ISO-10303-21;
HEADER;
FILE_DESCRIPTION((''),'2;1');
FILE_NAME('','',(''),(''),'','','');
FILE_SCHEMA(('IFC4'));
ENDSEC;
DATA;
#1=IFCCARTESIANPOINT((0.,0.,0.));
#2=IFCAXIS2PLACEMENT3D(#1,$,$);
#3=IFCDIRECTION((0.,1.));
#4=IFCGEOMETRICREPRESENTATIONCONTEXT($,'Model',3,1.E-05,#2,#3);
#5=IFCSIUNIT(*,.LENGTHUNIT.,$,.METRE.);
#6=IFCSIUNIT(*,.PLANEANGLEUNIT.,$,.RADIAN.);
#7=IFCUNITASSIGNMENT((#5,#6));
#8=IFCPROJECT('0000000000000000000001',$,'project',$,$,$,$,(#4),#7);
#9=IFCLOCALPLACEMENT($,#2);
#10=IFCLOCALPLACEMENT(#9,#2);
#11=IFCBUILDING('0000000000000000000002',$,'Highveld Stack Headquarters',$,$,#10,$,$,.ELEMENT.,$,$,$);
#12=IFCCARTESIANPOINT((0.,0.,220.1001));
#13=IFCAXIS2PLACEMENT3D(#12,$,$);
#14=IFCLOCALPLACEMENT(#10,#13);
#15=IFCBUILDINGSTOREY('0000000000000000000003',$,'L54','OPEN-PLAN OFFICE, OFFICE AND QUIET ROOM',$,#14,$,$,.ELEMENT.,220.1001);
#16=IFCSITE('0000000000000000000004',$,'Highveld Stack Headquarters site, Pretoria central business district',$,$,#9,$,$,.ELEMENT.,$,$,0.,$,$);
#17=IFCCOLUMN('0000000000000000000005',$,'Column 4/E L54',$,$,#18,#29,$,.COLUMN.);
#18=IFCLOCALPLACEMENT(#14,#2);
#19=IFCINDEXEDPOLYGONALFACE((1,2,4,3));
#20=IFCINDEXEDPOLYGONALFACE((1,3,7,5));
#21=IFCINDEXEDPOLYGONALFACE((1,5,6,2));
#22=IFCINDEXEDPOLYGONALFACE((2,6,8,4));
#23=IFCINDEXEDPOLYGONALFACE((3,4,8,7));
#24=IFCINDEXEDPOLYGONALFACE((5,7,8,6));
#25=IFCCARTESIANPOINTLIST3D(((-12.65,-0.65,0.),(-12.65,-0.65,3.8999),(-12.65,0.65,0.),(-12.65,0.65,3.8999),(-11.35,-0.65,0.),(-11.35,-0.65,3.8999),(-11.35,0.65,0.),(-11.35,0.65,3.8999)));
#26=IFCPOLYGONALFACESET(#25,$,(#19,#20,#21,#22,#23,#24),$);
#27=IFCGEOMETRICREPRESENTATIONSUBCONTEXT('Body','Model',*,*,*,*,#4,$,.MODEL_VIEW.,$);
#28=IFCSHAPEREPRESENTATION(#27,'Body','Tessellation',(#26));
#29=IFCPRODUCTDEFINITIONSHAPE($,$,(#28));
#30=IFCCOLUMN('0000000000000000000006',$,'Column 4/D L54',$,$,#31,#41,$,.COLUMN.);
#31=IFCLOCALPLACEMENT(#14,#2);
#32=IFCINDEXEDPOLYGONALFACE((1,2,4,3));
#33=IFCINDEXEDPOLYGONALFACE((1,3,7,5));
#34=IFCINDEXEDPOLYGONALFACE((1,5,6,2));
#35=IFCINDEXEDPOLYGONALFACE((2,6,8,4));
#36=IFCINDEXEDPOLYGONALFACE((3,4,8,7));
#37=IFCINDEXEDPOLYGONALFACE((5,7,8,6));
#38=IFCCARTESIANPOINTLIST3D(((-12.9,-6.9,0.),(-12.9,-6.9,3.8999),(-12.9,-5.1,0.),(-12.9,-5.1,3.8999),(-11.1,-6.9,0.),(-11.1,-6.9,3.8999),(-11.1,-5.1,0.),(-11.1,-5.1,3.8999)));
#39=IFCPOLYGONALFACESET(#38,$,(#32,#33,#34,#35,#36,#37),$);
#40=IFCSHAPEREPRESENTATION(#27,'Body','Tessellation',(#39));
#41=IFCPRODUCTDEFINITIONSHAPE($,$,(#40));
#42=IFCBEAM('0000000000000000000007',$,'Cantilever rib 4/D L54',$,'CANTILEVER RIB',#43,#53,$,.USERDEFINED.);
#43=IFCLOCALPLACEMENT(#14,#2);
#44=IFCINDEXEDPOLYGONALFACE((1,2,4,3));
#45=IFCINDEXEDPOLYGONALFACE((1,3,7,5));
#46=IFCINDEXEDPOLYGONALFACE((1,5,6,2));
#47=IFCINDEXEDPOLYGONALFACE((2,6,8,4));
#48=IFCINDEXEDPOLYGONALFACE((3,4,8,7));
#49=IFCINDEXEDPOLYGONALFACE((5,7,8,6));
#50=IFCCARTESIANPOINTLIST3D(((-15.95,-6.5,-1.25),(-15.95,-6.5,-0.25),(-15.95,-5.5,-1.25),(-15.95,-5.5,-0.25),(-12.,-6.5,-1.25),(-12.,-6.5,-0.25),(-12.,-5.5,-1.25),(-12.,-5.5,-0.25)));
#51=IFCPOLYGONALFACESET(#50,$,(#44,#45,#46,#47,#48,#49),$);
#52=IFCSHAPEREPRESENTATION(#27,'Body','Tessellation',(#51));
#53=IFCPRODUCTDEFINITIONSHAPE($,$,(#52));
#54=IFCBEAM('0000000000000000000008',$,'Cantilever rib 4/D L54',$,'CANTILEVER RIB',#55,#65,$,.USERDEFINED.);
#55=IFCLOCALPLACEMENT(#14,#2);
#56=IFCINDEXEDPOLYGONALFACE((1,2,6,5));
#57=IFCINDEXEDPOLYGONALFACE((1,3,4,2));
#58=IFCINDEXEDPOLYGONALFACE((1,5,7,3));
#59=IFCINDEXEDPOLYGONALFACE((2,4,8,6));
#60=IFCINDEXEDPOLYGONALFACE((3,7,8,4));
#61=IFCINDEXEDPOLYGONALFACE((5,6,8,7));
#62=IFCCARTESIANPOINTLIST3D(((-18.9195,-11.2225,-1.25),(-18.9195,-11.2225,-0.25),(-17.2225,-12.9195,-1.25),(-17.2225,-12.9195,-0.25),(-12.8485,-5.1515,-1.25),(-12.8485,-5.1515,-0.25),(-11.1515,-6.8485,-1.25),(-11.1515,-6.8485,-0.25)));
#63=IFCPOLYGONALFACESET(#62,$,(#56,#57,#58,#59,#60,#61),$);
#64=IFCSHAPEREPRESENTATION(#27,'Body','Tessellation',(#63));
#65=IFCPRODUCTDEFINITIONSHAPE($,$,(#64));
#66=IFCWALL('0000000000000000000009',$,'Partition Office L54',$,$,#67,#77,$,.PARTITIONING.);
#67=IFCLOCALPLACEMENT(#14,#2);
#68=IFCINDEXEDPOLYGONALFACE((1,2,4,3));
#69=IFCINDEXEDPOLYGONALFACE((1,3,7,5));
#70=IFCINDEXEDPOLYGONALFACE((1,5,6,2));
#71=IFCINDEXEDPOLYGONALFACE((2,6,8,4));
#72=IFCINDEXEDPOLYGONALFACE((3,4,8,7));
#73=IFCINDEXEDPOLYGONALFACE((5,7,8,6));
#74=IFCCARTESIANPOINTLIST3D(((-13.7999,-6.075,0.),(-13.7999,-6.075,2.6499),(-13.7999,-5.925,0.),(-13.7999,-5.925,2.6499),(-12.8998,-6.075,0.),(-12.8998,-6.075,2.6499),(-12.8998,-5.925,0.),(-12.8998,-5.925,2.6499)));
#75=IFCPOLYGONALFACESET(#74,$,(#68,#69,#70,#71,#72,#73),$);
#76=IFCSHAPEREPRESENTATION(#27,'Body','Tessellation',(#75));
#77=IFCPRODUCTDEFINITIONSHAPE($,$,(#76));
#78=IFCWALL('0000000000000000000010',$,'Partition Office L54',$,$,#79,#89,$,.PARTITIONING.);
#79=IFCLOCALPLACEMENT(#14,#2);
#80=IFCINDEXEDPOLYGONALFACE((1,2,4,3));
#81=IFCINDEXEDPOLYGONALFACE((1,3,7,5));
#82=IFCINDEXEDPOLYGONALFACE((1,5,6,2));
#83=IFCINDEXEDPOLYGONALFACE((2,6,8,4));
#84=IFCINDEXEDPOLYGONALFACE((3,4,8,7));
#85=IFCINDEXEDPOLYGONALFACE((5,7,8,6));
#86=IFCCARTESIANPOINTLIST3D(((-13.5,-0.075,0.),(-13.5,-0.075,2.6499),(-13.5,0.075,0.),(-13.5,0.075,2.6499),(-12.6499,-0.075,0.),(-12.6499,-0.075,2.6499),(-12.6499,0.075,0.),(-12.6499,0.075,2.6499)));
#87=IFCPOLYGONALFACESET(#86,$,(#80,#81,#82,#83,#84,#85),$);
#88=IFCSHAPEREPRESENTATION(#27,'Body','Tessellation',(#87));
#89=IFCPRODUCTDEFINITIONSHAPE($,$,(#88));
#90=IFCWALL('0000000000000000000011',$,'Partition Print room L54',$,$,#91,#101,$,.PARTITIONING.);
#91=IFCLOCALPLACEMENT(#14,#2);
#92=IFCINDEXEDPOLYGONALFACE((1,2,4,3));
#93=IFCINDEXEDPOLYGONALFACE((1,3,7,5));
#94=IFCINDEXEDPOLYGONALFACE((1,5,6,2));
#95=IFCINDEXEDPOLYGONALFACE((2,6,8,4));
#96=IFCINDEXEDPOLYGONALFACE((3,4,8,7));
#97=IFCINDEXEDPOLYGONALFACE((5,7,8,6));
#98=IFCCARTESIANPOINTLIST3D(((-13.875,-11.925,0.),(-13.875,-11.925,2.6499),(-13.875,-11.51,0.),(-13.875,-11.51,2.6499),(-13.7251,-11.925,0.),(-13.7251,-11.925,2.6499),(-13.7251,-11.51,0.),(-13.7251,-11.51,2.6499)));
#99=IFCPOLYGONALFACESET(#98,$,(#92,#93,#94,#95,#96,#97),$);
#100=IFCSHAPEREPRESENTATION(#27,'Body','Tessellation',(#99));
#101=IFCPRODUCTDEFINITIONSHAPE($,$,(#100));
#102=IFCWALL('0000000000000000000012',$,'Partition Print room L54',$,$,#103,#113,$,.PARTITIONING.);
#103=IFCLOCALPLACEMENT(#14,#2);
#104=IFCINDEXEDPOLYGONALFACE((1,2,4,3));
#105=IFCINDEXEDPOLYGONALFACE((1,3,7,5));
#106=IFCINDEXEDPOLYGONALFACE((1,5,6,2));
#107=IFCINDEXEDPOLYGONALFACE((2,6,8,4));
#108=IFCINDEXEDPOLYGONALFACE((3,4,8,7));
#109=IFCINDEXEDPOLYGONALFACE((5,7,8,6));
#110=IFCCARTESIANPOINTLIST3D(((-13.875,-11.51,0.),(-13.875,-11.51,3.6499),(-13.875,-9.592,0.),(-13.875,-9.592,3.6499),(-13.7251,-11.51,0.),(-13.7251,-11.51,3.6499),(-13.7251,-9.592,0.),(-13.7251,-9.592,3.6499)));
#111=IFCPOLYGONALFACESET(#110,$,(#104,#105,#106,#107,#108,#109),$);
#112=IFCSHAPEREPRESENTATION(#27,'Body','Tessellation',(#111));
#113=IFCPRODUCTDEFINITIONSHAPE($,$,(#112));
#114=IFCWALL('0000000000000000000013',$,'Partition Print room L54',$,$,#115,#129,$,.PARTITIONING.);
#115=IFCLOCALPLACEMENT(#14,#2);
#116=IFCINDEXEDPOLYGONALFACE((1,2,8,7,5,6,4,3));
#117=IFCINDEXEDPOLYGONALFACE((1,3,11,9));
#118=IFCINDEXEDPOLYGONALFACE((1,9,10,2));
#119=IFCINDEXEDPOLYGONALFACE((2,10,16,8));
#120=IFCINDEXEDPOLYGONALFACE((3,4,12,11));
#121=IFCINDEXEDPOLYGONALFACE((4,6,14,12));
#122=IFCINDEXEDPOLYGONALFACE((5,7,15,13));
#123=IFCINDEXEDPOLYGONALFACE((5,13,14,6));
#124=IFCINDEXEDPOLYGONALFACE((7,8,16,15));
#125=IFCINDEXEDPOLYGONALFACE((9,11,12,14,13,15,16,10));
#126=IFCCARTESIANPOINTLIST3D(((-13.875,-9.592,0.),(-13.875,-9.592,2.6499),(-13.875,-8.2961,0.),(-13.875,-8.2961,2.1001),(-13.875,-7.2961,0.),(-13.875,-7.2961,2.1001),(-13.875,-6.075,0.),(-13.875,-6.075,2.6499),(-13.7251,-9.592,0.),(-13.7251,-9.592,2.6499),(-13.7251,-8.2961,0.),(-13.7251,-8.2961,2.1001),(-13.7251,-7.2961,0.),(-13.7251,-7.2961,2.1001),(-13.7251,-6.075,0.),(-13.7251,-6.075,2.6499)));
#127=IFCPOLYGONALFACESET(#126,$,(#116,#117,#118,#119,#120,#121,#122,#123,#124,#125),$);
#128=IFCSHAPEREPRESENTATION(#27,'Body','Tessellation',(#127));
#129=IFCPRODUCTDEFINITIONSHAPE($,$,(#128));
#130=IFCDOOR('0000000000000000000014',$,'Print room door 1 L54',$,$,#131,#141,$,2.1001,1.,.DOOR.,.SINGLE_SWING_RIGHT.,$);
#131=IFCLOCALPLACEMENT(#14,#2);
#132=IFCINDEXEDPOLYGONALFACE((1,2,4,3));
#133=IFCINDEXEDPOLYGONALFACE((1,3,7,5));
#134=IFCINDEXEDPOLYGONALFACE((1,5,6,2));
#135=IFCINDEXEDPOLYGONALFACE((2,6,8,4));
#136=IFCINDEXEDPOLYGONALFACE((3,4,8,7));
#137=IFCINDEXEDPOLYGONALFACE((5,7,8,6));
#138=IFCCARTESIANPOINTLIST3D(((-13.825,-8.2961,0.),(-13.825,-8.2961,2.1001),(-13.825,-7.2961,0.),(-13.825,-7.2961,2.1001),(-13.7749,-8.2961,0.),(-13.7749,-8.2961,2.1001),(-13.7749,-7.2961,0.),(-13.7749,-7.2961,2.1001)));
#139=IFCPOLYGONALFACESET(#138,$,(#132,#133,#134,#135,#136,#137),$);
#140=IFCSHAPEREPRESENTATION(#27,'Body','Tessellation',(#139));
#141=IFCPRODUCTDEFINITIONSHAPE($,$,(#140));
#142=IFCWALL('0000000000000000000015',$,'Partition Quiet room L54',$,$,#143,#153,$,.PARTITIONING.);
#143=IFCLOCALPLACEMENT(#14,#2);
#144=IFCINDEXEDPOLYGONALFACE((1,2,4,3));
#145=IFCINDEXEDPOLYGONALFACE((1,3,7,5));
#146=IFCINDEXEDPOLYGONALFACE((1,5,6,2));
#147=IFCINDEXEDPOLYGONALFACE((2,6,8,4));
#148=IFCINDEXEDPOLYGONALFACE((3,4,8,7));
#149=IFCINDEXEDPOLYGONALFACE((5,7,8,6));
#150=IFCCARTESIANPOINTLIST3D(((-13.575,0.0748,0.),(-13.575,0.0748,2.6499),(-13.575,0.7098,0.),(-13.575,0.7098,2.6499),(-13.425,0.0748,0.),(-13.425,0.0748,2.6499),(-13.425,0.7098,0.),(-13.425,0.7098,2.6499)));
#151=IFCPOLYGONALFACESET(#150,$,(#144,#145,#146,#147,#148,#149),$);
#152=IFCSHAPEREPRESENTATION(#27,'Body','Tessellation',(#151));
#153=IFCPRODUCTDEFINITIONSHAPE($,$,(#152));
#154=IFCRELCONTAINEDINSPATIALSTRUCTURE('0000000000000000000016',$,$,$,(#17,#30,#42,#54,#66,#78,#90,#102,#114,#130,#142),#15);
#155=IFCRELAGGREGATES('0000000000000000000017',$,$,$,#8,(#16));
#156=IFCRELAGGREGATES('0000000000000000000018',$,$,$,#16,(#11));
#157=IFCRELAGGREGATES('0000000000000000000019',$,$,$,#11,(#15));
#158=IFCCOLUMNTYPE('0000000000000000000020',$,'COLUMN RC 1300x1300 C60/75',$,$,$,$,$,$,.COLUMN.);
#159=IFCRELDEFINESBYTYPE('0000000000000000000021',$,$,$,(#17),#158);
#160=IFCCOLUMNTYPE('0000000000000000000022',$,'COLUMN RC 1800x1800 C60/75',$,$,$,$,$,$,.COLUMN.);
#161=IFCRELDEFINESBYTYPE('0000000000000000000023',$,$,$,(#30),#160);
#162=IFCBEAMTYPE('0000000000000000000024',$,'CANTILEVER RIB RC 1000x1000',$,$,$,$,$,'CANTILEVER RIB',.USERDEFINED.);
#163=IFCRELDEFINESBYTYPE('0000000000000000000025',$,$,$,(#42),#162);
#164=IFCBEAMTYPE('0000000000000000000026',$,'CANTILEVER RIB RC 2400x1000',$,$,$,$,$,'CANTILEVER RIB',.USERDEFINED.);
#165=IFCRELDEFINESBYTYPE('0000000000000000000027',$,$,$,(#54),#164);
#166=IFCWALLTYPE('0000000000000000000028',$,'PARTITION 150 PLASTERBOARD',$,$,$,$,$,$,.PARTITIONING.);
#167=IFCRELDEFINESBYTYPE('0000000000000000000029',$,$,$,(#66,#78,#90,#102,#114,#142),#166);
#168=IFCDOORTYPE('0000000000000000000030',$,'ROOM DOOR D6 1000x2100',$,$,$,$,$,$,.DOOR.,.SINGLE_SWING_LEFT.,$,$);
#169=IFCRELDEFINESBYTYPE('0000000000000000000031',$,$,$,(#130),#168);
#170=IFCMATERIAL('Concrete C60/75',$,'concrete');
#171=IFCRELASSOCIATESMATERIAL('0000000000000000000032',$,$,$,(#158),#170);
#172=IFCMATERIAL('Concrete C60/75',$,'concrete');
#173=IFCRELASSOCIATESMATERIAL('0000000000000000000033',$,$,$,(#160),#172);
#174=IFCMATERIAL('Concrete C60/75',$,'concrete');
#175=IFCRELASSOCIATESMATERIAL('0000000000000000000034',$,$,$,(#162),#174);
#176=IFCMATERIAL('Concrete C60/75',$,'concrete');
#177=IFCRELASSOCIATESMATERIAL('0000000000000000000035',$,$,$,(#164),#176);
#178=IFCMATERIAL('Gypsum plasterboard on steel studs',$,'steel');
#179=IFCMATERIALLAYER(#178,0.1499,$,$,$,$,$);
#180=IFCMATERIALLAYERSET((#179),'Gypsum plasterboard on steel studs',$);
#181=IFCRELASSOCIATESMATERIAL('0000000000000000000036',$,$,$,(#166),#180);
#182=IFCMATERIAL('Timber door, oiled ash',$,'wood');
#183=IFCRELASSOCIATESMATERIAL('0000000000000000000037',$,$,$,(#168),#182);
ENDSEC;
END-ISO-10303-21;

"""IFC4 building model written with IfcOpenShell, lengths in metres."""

from ifc_helpers import new_model, si_unit, direction, frame, frame_2d, origin, origin_2d, place, context, subcontext, project, spatial, rectangle, extrude, material, layer, layer_set, material_profile, profile_set, type_object, element, fill, save


model = new_model("IFC4")

# Units and contexts
model_context = context("Model", 3, precision=1e-05, world=origin(), true_north=direction((0.0, 1.0)))
body_context = subcontext(model_context, "Body", "Model", "MODEL_VIEW")
ifc_project = project(units=[si_unit("LENGTHUNIT", "METRE"), si_unit("PLANEANGLEUNIT", "RADIAN")], contexts=[model_context])

# Site, building, storey
site_placement = place(None, origin())
site = spatial("IfcSite", under=ifc_project, at=site_placement, Name="Highveld Stack Headquarters site, Pretoria central business district", CompositionType="ELEMENT", RefElevation=0.0)
building_placement = place(site_placement, origin())
building = spatial("IfcBuilding", under=site, at=building_placement, Name="Highveld Stack Headquarters", CompositionType="ELEMENT")
storey_placement = place(building_placement, frame((0.0, 0.0, 220.1001)))
storey = spatial("IfcBuildingStorey", under=building, at=storey_placement, Name="L54", Description="OPEN-PLAN OFFICE, OFFICE AND QUIET ROOM", CompositionType="ELEMENT", Elevation=220.1001)

# Columns
ifc_material_1 = material(Name="Concrete C60/75", Category="concrete")
ifc_material_profile_1 = material_profile(ifc_material_1, rectangle(XDim=1.3, YDim=1.3, at=origin_2d()), Name="RC 1300x1300")
ifc_profile_set_1 = profile_set([ifc_material_profile_1], Name="Concrete C60/75")
column_type_1 = type_object("IfcColumnType", Name="COLUMN RC 1300x1300 C60/75", PredefinedType="COLUMN", material=ifc_profile_set_1)
column_1_placement = place(storey_placement, frame((-12.0, 0.0, 0.0), z_axis=(0.0, 0.0, 1.0), x_axis=(1.0, 0.0, 0.0)))
element("IfcColumn", 1, at=column_1_placement, inside=storey, type_object=column_type_1, Name="Column 4/E L54", PredefinedType="COLUMN", context=body_context, shape_type="SweptSolid", body=[
    extrude(rectangle(XDim=1.3, YDim=1.3, at=origin_2d()), origin(), (0.0, 0.0, 1.0), 3.8999),
])
ifc_material_2 = material(Name="Concrete C60/75", Category="concrete")
ifc_material_profile_2 = material_profile(ifc_material_2, rectangle(XDim=1.8, YDim=1.8, at=origin_2d()), Name="RC 1800x1800")
ifc_profile_set_2 = profile_set([ifc_material_profile_2], Name="Concrete C60/75")
column_type_2 = type_object("IfcColumnType", Name="COLUMN RC 1800x1800 C60/75", PredefinedType="COLUMN", material=ifc_profile_set_2)
column_2_placement = place(storey_placement, frame((-12.0, -6.0, 0.0), z_axis=(0.0, 0.0, 1.0), x_axis=(1.0, 0.0, 0.0)))
element("IfcColumn", 2, at=column_2_placement, inside=storey, type_object=column_type_2, Name="Column 4/D L54", PredefinedType="COLUMN", context=body_context, shape_type="SweptSolid", body=[
    extrude(rectangle(XDim=1.8, YDim=1.8, at=origin_2d()), origin(), (0.0, 0.0, 1.0), 3.8999),
])

# Beams
ifc_material_3 = material(Name="Concrete C60/75", Category="concrete")
ifc_material_profile_3 = material_profile(ifc_material_3, rectangle(XDim=1.0, YDim=1.0, at=origin_2d()), Name="RC 1000x1000")
ifc_profile_set_3 = profile_set([ifc_material_profile_3], Name="Concrete C60/75")
beam_type_1 = type_object("IfcBeamType", Name="CANTILEVER RIB RC 1000x1000", ElementType="CANTILEVER RIB", PredefinedType="USERDEFINED", material=ifc_profile_set_3)
beam_1_placement = place(storey_placement, frame((-12.0, -6.0, -0.75), z_axis=(-1.0, 0.0, 0.0), x_axis=(0.0, -1.0, 0.0)))
element("IfcBeam", 3, at=beam_1_placement, inside=storey, type_object=beam_type_1, Name="Cantilever rib 4/D L54", ObjectType="CANTILEVER RIB", PredefinedType="USERDEFINED", context=body_context, shape_type="SweptSolid", body=[
    extrude(rectangle(XDim=1.0, YDim=1.0, at=origin_2d()), origin(), (0.0, 0.0, 1.0), 3.95),
])
ifc_material_4 = material(Name="Concrete C60/75", Category="concrete")
ifc_material_profile_4 = material_profile(ifc_material_4, rectangle(XDim=2.3999, YDim=1.0, at=origin_2d()), Name="RC 2400x1000")
ifc_profile_set_4 = profile_set([ifc_material_profile_4], Name="Concrete C60/75")
beam_type_2 = type_object("IfcBeamType", Name="CANTILEVER RIB RC 2400x1000", ElementType="CANTILEVER RIB", PredefinedType="USERDEFINED", material=ifc_profile_set_4)
beam_2_placement = place(storey_placement, frame((-12.0, -6.0, -0.75), z_axis=(-0.707107, -0.707107, 0.0), x_axis=(0.707107, -0.707107, 0.0)))
element("IfcBeam", 4, at=beam_2_placement, inside=storey, type_object=beam_type_2, Name="Cantilever rib 4/D L54", ObjectType="CANTILEVER RIB", PredefinedType="USERDEFINED", context=body_context, shape_type="SweptSolid", body=[
    extrude(rectangle(XDim=2.3999, YDim=1.0, at=origin_2d()), origin(), (0.0, 0.0, 1.0), 8.5857),
])

# Walls
ifc_material_5 = material(Name="Gypsum plasterboard on steel studs", Category="steel")
ifc_layer = layer(ifc_material_5, 0.1499)
ifc_layer_set = layer_set([ifc_layer], Name="Gypsum plasterboard on steel studs")
wall_type = type_object("IfcWallType", Name="PARTITION 150 PLASTERBOARD", PredefinedType="PARTITIONING", material=ifc_layer_set)
wall_1_placement = place(storey_placement, frame((-13.8, -6.0, 0.0), z_axis=(0.0, 0.0, 1.0), x_axis=(1.0, 0.0, 0.0)))
element("IfcWall", 5, at=wall_1_placement, inside=storey, type_object=wall_type, Name="Partition Office L54", PredefinedType="PARTITIONING", context=body_context, shape_type="SweptSolid", body=[
    extrude(rectangle(XDim=0.9001, YDim=0.1499, at=frame_2d((0.4502, 0.0))), origin(), (0.0, 0.0, 1.0), 2.6499),
])
wall_2_placement = place(storey_placement, frame((-13.5, 0.0, 0.0), z_axis=(0.0, 0.0, 1.0), x_axis=(1.0, 0.0, 0.0)))
element("IfcWall", 6, at=wall_2_placement, inside=storey, type_object=wall_type, Name="Partition Office L54", PredefinedType="PARTITIONING", context=body_context, shape_type="SweptSolid", body=[
    extrude(rectangle(XDim=0.8501, YDim=0.1499, at=frame_2d((0.425, 0.0))), origin(), (0.0, 0.0, 1.0), 2.6499),
])
wall_3_placement = place(storey_placement, frame((-13.8, -11.925, 0.0), z_axis=(0.0, 0.0, 1.0), x_axis=(0.0, 1.0, 0.0)))
element("IfcWall", 7, at=wall_3_placement, inside=storey, type_object=wall_type, Name="Partition Print room L54", PredefinedType="PARTITIONING", context=body_context, shape_type="SweptSolid", body=[
    extrude(rectangle(XDim=0.415, YDim=0.1499, at=frame_2d((0.2075, 0.0))), origin(), (0.0, 0.0, 1.0), 2.6499),
])
wall_4_placement = place(storey_placement, frame((-13.8, -11.51, 0.0), z_axis=(0.0, 0.0, 1.0), x_axis=(0.0, 1.0, 0.0)))
element("IfcWall", 8, at=wall_4_placement, inside=storey, type_object=wall_type, Name="Partition Print room L54", PredefinedType="PARTITIONING", context=body_context, shape_type="SweptSolid", body=[
    extrude(rectangle(XDim=1.918, YDim=0.1499, at=frame_2d((0.959, 0.0))), origin(), (0.0, 0.0, 1.0), 3.6499),
])

# Wall, opening, door
wall_5_placement = place(storey_placement, frame((-13.8, -9.592, 0.0), z_axis=(0.0, 0.0, 1.0), x_axis=(0.0, 1.0, 0.0)))
wall_5 = element("IfcWall", 9, at=wall_5_placement, inside=storey, type_object=wall_type, Name="Partition Print room L54", PredefinedType="PARTITIONING", context=body_context, shape_type="SweptSolid", body=[
    extrude(rectangle(XDim=3.5171, YDim=0.1499, at=frame_2d((1.7585, 0.0))), origin(), (0.0, 0.0, 1.0), 2.6499),
])
opening_1_placement = place(wall_5_placement, frame((1.2959, 0.0, 0.0)))
opening_1 = element("IfcOpeningElement", 10, at=opening_1_placement, cuts=wall_5, PredefinedType="OPENING", context=body_context, shape_type="SweptSolid", body=[
    extrude(rectangle(XDim=1.0, YDim=2.1001, at=frame_2d((0.5, 1.05))), frame((0.0, 0.085, 0.0), z_axis=(0.0, -1.0, 0.0), x_axis=(1.0, 0.0, 0.0)), (0.0, 0.0, 1.0), 0.1699),
])
ifc_material_6 = material(Name="Timber door, oiled ash", Category="wood")
door_type = type_object("IfcDoorType", Name="ROOM DOOR D6 1000x2100", OperationType="SINGLE_SWING_LEFT", PredefinedType="DOOR", material=ifc_material_6)
door_1_placement = place(opening_1_placement, origin())
door_1 = element("IfcDoor", 11, at=door_1_placement, inside=storey, type_object=door_type, Name="Print room door 1 L54", OperationType="SINGLE_SWING_RIGHT", OverallHeight=2.1001, OverallWidth=1.0, PredefinedType="DOOR", context=body_context, shape_type="SweptSolid", body=[
    extrude(rectangle(XDim=1.0, YDim=2.1001, at=frame_2d((0.5, 1.05))), frame((0.0, 0.0249, 0.0), z_axis=(0.0, -1.0, 0.0), x_axis=(1.0, 0.0, 0.0)), (0.0, 0.0, 1.0), 0.05),
])
fill(opening_1, door_1)

# Wall
wall_6_placement = place(storey_placement, frame((-13.5, 0.075, 0.0), z_axis=(0.0, 0.0, 1.0), x_axis=(0.0, 1.0, 0.0)))
element("IfcWall", 12, at=wall_6_placement, inside=storey, type_object=wall_type, Name="Partition Quiet room L54", PredefinedType="PARTITIONING", context=body_context, shape_type="SweptSolid", body=[
    extrude(rectangle(XDim=0.635, YDim=0.1499, at=frame_2d((0.3174, 0.0))), origin(), (0.0, 0.0, 1.0), 2.6499),
])

save(model, "model.ifc")
